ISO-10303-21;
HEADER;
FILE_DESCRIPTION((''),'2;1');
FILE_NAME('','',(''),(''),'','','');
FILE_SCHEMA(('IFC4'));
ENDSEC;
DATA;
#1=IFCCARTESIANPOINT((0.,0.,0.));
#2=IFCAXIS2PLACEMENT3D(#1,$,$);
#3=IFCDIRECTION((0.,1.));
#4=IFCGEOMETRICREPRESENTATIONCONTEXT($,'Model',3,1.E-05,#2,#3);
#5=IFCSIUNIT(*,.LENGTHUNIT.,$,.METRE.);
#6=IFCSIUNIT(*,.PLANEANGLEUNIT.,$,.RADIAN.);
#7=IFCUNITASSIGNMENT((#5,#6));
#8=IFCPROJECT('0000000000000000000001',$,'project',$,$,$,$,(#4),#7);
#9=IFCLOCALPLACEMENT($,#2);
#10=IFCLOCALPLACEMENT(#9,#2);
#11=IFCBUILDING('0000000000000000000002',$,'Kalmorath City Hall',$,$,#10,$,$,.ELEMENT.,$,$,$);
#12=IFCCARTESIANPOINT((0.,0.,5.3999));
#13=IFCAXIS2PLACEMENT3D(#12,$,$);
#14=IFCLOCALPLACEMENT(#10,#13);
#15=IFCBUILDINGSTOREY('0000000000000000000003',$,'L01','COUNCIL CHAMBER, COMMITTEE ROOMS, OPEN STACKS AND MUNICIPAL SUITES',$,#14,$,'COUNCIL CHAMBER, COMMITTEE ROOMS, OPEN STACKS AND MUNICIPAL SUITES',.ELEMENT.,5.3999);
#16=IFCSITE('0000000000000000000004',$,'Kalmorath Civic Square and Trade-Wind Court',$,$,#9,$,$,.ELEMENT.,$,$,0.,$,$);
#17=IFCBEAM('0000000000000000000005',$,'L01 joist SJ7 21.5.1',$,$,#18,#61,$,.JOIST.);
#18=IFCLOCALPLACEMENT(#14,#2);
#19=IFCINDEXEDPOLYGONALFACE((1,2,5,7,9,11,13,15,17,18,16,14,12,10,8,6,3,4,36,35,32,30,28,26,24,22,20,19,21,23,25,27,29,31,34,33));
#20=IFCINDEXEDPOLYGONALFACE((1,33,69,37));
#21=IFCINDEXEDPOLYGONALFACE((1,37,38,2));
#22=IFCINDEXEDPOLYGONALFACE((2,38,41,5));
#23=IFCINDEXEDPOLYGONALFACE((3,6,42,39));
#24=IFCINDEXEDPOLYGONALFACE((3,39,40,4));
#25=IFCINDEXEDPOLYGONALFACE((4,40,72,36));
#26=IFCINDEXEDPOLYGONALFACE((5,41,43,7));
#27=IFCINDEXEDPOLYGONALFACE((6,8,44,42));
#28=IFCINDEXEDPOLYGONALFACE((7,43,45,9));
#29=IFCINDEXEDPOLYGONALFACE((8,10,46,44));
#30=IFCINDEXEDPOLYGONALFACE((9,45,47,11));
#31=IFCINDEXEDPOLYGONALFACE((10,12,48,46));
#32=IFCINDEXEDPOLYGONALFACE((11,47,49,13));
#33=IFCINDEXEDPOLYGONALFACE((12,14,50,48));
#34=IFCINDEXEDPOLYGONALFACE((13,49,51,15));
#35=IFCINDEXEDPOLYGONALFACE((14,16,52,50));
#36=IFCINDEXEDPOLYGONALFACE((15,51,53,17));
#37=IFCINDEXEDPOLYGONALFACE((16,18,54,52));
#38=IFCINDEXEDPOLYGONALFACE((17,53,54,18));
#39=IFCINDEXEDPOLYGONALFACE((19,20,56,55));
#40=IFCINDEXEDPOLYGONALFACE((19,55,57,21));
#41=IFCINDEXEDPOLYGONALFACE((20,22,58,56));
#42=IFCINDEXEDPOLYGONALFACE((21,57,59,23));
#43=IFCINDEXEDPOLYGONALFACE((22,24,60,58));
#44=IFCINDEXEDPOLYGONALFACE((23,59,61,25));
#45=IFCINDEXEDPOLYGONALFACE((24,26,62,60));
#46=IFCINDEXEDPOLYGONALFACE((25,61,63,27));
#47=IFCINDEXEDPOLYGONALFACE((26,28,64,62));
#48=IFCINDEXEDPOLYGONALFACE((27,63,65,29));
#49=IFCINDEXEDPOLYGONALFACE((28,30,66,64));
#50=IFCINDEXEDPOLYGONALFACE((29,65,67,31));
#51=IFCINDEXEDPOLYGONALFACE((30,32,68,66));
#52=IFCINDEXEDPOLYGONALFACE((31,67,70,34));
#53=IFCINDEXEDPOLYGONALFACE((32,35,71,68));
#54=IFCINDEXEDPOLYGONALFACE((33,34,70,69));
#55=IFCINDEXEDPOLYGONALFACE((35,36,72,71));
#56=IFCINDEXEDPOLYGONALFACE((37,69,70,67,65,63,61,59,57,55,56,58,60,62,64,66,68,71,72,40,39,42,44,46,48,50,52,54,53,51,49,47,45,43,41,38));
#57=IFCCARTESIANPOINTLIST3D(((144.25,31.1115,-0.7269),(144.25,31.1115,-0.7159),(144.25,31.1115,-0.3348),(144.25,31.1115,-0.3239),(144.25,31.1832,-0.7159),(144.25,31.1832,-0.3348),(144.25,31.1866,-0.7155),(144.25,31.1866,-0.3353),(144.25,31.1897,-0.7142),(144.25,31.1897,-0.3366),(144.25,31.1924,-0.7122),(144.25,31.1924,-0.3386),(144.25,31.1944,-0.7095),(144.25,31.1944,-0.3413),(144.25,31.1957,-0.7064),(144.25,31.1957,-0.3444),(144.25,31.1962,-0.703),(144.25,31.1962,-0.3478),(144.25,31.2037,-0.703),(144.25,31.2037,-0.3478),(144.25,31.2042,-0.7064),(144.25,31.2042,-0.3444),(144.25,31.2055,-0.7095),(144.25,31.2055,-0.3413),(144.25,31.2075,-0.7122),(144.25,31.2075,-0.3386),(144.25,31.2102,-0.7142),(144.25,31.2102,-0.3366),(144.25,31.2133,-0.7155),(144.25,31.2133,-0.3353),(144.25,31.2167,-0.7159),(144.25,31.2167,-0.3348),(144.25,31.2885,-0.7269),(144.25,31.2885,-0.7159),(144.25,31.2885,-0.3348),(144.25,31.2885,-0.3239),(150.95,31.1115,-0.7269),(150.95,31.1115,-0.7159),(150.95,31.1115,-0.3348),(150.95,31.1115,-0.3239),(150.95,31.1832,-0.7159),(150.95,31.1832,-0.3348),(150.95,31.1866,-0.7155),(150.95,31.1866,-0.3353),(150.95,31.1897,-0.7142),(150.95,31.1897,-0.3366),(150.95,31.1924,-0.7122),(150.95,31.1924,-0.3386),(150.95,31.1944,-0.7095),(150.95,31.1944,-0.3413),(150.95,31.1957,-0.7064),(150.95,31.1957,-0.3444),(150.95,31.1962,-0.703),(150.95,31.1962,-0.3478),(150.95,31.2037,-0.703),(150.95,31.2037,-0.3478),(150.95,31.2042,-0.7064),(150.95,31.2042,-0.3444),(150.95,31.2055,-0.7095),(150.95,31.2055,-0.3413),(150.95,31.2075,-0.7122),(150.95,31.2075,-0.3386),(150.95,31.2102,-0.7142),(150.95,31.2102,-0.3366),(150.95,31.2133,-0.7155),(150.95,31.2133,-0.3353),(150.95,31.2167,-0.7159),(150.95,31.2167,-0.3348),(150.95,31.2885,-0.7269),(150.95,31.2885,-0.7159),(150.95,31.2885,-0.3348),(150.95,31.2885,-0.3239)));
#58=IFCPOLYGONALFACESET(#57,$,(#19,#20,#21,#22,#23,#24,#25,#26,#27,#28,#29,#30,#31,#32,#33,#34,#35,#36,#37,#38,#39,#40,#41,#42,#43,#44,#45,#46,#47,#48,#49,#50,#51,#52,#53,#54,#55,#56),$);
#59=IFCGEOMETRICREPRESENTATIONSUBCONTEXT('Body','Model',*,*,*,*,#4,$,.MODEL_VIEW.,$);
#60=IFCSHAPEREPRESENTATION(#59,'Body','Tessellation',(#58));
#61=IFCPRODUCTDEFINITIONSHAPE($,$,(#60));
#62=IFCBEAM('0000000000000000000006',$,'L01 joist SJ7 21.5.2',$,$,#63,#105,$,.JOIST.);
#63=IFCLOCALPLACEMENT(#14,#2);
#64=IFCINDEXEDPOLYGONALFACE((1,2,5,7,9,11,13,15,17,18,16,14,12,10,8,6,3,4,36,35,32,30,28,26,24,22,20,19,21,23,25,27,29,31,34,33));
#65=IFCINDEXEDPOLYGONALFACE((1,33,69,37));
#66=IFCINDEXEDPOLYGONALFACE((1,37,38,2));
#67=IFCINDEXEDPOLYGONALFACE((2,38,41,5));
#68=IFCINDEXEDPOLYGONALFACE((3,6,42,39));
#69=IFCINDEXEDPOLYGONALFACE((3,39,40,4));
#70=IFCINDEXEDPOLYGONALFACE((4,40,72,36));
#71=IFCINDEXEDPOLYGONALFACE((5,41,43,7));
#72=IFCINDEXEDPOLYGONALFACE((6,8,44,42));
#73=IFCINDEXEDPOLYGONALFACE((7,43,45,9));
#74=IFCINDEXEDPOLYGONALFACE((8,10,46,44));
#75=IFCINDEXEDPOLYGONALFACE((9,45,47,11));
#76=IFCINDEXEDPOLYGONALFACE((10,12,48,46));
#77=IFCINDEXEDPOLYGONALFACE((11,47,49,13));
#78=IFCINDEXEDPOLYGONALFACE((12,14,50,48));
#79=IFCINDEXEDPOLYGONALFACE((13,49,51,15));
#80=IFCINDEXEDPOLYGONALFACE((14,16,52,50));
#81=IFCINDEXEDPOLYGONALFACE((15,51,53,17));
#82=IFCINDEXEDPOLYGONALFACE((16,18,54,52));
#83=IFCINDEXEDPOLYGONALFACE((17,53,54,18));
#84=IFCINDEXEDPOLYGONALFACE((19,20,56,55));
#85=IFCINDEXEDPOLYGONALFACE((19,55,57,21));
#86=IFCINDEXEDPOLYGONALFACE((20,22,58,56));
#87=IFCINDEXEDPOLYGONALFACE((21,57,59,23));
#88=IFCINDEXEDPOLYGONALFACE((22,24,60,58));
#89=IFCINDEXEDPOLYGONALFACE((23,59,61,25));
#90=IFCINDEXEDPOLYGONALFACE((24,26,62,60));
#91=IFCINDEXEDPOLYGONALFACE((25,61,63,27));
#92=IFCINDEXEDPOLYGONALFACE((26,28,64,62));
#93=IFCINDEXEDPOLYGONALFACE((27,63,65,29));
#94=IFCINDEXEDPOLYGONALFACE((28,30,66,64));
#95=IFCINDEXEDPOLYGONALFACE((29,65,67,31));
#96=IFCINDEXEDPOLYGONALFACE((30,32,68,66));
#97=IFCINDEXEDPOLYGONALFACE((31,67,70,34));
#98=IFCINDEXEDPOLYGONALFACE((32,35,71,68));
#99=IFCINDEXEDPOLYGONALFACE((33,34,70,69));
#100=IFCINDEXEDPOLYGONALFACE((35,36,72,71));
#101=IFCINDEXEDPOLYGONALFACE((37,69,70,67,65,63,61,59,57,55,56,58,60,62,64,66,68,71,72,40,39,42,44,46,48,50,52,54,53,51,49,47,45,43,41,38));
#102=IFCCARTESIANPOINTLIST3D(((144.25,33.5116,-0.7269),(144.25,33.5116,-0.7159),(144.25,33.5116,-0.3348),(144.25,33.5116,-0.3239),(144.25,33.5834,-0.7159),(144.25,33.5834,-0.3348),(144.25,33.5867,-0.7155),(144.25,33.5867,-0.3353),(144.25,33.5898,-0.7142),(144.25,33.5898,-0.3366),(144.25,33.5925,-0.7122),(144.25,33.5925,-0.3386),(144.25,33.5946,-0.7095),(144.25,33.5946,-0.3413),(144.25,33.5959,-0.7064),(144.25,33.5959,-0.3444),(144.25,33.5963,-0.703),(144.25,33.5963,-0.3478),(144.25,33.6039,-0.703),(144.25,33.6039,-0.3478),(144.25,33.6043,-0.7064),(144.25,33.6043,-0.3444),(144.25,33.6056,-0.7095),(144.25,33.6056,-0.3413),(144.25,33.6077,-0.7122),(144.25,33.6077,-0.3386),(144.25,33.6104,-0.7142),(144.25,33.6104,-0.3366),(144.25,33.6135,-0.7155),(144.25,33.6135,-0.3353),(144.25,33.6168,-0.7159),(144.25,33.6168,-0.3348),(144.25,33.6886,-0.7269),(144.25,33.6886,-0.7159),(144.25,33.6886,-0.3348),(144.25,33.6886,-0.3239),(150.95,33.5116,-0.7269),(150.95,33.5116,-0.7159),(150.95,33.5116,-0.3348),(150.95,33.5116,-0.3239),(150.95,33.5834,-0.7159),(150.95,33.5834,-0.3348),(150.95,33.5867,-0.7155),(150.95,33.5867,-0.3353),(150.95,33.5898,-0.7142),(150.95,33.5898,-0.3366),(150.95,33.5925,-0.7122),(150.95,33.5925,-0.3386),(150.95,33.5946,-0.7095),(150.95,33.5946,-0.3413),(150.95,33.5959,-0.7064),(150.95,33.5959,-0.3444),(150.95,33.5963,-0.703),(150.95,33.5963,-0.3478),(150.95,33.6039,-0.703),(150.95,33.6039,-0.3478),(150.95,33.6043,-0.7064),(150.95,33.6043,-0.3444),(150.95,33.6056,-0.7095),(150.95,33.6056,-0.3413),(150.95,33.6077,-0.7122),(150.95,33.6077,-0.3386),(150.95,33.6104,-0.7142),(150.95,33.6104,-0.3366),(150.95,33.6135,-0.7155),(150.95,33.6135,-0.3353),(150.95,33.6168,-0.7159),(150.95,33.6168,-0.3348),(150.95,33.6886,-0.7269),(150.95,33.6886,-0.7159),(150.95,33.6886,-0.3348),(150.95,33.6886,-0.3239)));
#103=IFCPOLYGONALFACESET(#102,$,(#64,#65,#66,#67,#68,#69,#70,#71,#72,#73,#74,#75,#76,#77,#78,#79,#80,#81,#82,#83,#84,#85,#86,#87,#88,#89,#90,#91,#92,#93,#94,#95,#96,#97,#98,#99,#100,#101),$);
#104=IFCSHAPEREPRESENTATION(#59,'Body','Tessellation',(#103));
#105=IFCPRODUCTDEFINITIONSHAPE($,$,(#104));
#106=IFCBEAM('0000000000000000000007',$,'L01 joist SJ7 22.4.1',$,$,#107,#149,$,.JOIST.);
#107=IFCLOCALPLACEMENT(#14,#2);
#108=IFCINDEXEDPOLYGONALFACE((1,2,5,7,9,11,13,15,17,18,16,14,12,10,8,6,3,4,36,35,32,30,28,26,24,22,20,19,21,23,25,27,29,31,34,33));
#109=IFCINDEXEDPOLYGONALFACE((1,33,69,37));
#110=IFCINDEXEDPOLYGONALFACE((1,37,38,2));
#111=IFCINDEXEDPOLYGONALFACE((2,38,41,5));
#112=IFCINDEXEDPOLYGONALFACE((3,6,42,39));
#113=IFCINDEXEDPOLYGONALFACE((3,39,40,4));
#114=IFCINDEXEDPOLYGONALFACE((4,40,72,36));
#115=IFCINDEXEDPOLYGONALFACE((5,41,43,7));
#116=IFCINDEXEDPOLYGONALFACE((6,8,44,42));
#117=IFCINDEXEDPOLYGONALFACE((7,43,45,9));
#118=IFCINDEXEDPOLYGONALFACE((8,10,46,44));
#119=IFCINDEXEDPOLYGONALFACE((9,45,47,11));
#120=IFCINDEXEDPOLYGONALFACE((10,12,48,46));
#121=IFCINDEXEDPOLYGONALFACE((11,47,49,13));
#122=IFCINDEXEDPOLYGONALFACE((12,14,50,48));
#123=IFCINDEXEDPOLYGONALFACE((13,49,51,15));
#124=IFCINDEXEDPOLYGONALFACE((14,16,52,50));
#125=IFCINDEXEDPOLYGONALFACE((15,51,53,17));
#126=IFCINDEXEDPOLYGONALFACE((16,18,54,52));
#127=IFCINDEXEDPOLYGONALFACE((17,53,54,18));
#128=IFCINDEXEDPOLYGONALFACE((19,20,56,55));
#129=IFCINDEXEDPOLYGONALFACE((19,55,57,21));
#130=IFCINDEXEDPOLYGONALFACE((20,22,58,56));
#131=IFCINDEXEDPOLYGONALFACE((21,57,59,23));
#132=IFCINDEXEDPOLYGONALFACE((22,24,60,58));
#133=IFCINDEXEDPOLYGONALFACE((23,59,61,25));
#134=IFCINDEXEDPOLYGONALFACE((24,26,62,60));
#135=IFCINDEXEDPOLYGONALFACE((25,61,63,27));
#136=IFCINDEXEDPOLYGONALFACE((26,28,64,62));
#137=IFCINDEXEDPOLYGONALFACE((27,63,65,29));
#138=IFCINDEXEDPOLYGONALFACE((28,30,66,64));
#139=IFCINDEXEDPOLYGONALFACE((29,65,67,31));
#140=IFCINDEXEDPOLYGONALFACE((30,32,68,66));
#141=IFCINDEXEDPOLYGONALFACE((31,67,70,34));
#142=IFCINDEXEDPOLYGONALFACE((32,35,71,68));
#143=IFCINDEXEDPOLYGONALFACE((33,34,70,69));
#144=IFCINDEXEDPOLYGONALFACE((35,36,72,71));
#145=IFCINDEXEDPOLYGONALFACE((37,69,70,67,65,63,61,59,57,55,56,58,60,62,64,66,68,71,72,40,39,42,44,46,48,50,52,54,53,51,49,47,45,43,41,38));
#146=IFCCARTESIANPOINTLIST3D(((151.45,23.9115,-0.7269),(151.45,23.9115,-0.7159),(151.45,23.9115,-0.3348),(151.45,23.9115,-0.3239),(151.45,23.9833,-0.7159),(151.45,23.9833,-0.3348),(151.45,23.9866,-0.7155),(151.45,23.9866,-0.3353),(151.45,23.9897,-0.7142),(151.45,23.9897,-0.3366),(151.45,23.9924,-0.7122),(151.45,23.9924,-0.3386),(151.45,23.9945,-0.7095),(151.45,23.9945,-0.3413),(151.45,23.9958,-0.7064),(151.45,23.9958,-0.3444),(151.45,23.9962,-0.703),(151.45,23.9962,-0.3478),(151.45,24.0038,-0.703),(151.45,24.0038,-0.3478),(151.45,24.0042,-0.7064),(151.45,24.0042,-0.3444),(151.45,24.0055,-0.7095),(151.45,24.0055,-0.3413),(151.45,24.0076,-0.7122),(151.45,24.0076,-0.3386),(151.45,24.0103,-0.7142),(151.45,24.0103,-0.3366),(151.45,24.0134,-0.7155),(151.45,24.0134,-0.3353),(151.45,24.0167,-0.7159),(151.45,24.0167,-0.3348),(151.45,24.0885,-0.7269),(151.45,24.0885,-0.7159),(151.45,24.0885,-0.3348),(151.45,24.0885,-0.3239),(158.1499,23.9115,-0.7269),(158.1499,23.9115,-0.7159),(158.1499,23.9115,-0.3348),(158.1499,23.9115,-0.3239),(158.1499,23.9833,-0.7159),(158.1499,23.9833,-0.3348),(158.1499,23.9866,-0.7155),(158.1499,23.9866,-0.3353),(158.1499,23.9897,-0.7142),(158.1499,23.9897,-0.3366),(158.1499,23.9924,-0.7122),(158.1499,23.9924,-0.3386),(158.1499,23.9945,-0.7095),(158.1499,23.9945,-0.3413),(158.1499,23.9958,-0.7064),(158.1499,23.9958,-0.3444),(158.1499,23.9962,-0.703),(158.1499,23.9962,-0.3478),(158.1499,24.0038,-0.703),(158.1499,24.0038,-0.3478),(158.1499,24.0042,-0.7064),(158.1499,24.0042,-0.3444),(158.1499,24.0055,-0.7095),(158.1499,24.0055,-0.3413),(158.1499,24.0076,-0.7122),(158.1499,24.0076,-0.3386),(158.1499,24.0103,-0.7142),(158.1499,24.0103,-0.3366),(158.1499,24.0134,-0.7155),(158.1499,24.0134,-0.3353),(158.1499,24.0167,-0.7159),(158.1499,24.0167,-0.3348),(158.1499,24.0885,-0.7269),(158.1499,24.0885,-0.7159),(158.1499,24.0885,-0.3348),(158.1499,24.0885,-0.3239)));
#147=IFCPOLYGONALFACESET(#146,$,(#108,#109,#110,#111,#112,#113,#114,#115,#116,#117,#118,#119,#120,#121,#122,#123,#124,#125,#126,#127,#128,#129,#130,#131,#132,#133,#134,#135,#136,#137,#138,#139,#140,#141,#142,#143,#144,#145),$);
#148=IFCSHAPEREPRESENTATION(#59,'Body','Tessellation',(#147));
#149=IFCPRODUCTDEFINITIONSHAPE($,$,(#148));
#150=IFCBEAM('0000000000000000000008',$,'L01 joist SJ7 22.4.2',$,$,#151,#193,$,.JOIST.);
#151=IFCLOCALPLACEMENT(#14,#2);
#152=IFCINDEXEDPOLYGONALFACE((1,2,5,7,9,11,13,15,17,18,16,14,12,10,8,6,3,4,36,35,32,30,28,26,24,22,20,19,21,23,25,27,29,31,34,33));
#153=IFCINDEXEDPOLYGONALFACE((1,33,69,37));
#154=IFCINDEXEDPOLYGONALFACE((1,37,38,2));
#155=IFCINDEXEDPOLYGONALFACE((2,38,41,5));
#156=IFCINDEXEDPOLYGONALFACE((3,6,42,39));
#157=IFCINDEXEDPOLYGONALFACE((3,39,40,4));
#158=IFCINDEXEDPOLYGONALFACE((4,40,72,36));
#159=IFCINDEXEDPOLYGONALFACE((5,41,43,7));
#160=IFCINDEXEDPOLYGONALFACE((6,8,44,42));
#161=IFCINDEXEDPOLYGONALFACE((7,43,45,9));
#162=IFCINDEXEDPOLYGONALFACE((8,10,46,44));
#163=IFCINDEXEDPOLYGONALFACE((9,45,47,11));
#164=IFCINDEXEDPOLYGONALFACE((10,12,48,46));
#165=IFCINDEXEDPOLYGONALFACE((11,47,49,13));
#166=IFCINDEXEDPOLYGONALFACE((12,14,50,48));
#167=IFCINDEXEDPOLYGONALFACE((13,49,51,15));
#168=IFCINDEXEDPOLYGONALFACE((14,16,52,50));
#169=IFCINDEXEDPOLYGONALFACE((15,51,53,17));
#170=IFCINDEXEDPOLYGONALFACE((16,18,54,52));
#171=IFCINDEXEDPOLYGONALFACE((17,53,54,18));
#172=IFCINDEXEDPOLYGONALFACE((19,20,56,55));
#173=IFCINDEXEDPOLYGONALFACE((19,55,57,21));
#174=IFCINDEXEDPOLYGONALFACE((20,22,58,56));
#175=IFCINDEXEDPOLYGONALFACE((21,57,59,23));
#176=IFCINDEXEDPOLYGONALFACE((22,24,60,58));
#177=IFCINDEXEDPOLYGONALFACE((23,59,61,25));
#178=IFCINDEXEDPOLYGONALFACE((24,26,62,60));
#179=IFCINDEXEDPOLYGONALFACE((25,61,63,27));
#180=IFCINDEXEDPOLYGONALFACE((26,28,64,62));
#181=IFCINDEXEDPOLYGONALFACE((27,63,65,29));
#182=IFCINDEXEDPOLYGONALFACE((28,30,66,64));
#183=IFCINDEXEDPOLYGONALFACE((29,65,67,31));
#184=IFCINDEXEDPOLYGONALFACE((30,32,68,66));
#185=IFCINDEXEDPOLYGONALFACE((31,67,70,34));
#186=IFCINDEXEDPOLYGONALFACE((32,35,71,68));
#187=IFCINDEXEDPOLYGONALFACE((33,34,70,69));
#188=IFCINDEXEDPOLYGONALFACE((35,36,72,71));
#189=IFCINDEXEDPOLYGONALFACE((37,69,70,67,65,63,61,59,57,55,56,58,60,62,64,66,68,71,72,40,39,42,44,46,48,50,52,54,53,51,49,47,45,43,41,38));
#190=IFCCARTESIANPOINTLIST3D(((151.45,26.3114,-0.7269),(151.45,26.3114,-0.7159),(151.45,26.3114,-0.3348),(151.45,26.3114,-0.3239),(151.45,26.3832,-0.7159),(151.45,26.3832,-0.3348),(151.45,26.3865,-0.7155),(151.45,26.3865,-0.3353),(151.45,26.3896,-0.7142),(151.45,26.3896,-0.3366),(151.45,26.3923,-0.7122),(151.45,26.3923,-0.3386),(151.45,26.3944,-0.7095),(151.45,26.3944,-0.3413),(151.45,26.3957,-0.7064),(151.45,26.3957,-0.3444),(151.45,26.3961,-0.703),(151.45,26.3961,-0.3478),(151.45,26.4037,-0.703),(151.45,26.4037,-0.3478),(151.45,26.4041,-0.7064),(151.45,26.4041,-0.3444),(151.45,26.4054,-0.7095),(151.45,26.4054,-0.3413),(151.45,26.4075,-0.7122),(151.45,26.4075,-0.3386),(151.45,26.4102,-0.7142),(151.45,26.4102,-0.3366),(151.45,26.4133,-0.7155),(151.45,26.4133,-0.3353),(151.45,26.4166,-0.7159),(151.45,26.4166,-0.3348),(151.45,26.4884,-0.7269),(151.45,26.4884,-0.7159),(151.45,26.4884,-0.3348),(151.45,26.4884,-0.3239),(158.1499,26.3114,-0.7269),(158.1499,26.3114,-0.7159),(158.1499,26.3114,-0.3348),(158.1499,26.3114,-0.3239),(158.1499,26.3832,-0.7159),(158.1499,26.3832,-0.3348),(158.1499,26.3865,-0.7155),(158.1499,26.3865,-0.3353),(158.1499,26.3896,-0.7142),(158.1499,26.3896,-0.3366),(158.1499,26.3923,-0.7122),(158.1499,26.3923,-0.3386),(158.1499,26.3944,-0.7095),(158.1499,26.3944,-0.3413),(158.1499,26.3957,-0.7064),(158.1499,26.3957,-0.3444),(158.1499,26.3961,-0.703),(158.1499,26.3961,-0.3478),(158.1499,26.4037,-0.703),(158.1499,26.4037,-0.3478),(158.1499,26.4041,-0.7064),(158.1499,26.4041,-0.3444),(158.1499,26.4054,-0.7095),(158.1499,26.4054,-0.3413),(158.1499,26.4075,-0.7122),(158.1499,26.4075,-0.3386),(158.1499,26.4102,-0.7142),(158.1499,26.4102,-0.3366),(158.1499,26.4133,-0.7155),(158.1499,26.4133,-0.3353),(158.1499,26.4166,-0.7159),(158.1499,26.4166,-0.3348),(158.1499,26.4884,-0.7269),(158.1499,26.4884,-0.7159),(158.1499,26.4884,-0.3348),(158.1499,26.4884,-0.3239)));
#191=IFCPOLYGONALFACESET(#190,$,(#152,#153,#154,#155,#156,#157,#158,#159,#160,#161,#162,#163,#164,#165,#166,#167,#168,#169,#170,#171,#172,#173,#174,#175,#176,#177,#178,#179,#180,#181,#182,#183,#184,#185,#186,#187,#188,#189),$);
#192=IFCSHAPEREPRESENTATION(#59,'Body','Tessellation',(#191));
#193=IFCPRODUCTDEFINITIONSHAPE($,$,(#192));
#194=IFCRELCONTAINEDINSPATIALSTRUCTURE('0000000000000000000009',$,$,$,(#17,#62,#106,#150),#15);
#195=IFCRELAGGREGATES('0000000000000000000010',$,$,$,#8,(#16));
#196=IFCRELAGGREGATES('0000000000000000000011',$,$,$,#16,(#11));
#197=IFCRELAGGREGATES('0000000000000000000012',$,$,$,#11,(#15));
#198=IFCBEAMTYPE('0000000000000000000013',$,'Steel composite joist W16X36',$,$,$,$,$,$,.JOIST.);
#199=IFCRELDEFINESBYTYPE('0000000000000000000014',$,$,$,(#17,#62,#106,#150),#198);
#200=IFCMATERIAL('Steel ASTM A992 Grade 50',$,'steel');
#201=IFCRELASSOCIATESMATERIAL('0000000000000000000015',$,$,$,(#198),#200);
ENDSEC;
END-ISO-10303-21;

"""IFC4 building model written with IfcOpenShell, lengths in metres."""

from ifc_helpers import new_model, si_unit, direction, frame, origin, origin_2d, place, context, subcontext, project, spatial, i_section, extrude, material, material_profile, profile_set, type_object, element, save


model = new_model("IFC4")

# Units and contexts
model_context = context("Model", 3, precision=1e-05, world=origin(), true_north=direction((0.0, 1.0)))
body_context = subcontext(model_context, "Body", "Model", "MODEL_VIEW")
ifc_project = project(units=[si_unit("LENGTHUNIT", "METRE"), si_unit("PLANEANGLEUNIT", "RADIAN")], contexts=[model_context])

# Site, building, storey
site_placement = place(None, origin())
site = spatial("IfcSite", under=ifc_project, at=site_placement, Name="Kalmorath Civic Square and Trade-Wind Court", CompositionType="ELEMENT", RefElevation=0.0)
building_placement = place(site_placement, origin())
building = spatial("IfcBuilding", under=site, at=building_placement, Name="Kalmorath City Hall", CompositionType="ELEMENT")
storey_placement = place(building_placement, frame((0.0, 0.0, 5.3999)))
storey = spatial("IfcBuildingStorey", under=building, at=storey_placement, Name="L01", Description="COUNCIL CHAMBER, COMMITTEE ROOMS, OPEN STACKS AND MUNICIPAL SUITES", LongName="COUNCIL CHAMBER, COMMITTEE ROOMS, OPEN STACKS AND MUNICIPAL SUITES", CompositionType="ELEMENT", Elevation=5.3999)

# Beams
ifc_material_1 = material(Name="Steel ASTM A992 Grade 50", Category="steel")
ifc_material_profile_1 = material_profile(ifc_material_1, i_section(OverallWidth=0.177, OverallDepth=0.4031, WebThickness=0.0076, FlangeThickness=0.011, FilletRadius=0.0129, at=origin_2d()), Name="W16X36")
ifc_profile_set_1 = profile_set([ifc_material_profile_1], Name="Steel ASTM A992 Grade 50")
beam_type_1 = type_object("IfcBeamType", Name="Steel composite joist W16X36", PredefinedType="JOIST", material=ifc_profile_set_1)
for number, where, z_axis, x_axis, name in (
    (1, (144.25, 31.2, -0.5254), (1.0, 0.0, 0.0), (0.0, 1.0, 0.0), "L01 joist SJ7 21.5.1"),
    (2, (144.25, 33.6001, -0.5254), (1.0, 0.0, 0.0), (0.0, 1.0, 0.0), "L01 joist SJ7 21.5.2"),
    (3, (151.45, 24.0, -0.5254), (1.0, 0.0, 0.0), (0.0, 1.0, 0.0), "L01 joist SJ7 22.4.1"),
    (4, (151.45, 26.3999, -0.5254), (1.0, 0.0, 0.0), (0.0, 1.0, 0.0), "L01 joist SJ7 22.4.2"),
):
    element("IfcBeam", number, at=place(storey_placement, frame(where, z_axis=z_axis, x_axis=x_axis)), inside=storey, type_object=beam_type_1, Name=name, PredefinedType="JOIST", context=body_context, shape_type="SweptSolid", body=[
        extrude(i_section(OverallWidth=0.177, OverallDepth=0.4031, WebThickness=0.0076, FlangeThickness=0.011, FilletRadius=0.0129, at=origin_2d()), origin(), (0.0, 0.0, 1.0), 6.7),
    ])

save(model, "model.ifc")
